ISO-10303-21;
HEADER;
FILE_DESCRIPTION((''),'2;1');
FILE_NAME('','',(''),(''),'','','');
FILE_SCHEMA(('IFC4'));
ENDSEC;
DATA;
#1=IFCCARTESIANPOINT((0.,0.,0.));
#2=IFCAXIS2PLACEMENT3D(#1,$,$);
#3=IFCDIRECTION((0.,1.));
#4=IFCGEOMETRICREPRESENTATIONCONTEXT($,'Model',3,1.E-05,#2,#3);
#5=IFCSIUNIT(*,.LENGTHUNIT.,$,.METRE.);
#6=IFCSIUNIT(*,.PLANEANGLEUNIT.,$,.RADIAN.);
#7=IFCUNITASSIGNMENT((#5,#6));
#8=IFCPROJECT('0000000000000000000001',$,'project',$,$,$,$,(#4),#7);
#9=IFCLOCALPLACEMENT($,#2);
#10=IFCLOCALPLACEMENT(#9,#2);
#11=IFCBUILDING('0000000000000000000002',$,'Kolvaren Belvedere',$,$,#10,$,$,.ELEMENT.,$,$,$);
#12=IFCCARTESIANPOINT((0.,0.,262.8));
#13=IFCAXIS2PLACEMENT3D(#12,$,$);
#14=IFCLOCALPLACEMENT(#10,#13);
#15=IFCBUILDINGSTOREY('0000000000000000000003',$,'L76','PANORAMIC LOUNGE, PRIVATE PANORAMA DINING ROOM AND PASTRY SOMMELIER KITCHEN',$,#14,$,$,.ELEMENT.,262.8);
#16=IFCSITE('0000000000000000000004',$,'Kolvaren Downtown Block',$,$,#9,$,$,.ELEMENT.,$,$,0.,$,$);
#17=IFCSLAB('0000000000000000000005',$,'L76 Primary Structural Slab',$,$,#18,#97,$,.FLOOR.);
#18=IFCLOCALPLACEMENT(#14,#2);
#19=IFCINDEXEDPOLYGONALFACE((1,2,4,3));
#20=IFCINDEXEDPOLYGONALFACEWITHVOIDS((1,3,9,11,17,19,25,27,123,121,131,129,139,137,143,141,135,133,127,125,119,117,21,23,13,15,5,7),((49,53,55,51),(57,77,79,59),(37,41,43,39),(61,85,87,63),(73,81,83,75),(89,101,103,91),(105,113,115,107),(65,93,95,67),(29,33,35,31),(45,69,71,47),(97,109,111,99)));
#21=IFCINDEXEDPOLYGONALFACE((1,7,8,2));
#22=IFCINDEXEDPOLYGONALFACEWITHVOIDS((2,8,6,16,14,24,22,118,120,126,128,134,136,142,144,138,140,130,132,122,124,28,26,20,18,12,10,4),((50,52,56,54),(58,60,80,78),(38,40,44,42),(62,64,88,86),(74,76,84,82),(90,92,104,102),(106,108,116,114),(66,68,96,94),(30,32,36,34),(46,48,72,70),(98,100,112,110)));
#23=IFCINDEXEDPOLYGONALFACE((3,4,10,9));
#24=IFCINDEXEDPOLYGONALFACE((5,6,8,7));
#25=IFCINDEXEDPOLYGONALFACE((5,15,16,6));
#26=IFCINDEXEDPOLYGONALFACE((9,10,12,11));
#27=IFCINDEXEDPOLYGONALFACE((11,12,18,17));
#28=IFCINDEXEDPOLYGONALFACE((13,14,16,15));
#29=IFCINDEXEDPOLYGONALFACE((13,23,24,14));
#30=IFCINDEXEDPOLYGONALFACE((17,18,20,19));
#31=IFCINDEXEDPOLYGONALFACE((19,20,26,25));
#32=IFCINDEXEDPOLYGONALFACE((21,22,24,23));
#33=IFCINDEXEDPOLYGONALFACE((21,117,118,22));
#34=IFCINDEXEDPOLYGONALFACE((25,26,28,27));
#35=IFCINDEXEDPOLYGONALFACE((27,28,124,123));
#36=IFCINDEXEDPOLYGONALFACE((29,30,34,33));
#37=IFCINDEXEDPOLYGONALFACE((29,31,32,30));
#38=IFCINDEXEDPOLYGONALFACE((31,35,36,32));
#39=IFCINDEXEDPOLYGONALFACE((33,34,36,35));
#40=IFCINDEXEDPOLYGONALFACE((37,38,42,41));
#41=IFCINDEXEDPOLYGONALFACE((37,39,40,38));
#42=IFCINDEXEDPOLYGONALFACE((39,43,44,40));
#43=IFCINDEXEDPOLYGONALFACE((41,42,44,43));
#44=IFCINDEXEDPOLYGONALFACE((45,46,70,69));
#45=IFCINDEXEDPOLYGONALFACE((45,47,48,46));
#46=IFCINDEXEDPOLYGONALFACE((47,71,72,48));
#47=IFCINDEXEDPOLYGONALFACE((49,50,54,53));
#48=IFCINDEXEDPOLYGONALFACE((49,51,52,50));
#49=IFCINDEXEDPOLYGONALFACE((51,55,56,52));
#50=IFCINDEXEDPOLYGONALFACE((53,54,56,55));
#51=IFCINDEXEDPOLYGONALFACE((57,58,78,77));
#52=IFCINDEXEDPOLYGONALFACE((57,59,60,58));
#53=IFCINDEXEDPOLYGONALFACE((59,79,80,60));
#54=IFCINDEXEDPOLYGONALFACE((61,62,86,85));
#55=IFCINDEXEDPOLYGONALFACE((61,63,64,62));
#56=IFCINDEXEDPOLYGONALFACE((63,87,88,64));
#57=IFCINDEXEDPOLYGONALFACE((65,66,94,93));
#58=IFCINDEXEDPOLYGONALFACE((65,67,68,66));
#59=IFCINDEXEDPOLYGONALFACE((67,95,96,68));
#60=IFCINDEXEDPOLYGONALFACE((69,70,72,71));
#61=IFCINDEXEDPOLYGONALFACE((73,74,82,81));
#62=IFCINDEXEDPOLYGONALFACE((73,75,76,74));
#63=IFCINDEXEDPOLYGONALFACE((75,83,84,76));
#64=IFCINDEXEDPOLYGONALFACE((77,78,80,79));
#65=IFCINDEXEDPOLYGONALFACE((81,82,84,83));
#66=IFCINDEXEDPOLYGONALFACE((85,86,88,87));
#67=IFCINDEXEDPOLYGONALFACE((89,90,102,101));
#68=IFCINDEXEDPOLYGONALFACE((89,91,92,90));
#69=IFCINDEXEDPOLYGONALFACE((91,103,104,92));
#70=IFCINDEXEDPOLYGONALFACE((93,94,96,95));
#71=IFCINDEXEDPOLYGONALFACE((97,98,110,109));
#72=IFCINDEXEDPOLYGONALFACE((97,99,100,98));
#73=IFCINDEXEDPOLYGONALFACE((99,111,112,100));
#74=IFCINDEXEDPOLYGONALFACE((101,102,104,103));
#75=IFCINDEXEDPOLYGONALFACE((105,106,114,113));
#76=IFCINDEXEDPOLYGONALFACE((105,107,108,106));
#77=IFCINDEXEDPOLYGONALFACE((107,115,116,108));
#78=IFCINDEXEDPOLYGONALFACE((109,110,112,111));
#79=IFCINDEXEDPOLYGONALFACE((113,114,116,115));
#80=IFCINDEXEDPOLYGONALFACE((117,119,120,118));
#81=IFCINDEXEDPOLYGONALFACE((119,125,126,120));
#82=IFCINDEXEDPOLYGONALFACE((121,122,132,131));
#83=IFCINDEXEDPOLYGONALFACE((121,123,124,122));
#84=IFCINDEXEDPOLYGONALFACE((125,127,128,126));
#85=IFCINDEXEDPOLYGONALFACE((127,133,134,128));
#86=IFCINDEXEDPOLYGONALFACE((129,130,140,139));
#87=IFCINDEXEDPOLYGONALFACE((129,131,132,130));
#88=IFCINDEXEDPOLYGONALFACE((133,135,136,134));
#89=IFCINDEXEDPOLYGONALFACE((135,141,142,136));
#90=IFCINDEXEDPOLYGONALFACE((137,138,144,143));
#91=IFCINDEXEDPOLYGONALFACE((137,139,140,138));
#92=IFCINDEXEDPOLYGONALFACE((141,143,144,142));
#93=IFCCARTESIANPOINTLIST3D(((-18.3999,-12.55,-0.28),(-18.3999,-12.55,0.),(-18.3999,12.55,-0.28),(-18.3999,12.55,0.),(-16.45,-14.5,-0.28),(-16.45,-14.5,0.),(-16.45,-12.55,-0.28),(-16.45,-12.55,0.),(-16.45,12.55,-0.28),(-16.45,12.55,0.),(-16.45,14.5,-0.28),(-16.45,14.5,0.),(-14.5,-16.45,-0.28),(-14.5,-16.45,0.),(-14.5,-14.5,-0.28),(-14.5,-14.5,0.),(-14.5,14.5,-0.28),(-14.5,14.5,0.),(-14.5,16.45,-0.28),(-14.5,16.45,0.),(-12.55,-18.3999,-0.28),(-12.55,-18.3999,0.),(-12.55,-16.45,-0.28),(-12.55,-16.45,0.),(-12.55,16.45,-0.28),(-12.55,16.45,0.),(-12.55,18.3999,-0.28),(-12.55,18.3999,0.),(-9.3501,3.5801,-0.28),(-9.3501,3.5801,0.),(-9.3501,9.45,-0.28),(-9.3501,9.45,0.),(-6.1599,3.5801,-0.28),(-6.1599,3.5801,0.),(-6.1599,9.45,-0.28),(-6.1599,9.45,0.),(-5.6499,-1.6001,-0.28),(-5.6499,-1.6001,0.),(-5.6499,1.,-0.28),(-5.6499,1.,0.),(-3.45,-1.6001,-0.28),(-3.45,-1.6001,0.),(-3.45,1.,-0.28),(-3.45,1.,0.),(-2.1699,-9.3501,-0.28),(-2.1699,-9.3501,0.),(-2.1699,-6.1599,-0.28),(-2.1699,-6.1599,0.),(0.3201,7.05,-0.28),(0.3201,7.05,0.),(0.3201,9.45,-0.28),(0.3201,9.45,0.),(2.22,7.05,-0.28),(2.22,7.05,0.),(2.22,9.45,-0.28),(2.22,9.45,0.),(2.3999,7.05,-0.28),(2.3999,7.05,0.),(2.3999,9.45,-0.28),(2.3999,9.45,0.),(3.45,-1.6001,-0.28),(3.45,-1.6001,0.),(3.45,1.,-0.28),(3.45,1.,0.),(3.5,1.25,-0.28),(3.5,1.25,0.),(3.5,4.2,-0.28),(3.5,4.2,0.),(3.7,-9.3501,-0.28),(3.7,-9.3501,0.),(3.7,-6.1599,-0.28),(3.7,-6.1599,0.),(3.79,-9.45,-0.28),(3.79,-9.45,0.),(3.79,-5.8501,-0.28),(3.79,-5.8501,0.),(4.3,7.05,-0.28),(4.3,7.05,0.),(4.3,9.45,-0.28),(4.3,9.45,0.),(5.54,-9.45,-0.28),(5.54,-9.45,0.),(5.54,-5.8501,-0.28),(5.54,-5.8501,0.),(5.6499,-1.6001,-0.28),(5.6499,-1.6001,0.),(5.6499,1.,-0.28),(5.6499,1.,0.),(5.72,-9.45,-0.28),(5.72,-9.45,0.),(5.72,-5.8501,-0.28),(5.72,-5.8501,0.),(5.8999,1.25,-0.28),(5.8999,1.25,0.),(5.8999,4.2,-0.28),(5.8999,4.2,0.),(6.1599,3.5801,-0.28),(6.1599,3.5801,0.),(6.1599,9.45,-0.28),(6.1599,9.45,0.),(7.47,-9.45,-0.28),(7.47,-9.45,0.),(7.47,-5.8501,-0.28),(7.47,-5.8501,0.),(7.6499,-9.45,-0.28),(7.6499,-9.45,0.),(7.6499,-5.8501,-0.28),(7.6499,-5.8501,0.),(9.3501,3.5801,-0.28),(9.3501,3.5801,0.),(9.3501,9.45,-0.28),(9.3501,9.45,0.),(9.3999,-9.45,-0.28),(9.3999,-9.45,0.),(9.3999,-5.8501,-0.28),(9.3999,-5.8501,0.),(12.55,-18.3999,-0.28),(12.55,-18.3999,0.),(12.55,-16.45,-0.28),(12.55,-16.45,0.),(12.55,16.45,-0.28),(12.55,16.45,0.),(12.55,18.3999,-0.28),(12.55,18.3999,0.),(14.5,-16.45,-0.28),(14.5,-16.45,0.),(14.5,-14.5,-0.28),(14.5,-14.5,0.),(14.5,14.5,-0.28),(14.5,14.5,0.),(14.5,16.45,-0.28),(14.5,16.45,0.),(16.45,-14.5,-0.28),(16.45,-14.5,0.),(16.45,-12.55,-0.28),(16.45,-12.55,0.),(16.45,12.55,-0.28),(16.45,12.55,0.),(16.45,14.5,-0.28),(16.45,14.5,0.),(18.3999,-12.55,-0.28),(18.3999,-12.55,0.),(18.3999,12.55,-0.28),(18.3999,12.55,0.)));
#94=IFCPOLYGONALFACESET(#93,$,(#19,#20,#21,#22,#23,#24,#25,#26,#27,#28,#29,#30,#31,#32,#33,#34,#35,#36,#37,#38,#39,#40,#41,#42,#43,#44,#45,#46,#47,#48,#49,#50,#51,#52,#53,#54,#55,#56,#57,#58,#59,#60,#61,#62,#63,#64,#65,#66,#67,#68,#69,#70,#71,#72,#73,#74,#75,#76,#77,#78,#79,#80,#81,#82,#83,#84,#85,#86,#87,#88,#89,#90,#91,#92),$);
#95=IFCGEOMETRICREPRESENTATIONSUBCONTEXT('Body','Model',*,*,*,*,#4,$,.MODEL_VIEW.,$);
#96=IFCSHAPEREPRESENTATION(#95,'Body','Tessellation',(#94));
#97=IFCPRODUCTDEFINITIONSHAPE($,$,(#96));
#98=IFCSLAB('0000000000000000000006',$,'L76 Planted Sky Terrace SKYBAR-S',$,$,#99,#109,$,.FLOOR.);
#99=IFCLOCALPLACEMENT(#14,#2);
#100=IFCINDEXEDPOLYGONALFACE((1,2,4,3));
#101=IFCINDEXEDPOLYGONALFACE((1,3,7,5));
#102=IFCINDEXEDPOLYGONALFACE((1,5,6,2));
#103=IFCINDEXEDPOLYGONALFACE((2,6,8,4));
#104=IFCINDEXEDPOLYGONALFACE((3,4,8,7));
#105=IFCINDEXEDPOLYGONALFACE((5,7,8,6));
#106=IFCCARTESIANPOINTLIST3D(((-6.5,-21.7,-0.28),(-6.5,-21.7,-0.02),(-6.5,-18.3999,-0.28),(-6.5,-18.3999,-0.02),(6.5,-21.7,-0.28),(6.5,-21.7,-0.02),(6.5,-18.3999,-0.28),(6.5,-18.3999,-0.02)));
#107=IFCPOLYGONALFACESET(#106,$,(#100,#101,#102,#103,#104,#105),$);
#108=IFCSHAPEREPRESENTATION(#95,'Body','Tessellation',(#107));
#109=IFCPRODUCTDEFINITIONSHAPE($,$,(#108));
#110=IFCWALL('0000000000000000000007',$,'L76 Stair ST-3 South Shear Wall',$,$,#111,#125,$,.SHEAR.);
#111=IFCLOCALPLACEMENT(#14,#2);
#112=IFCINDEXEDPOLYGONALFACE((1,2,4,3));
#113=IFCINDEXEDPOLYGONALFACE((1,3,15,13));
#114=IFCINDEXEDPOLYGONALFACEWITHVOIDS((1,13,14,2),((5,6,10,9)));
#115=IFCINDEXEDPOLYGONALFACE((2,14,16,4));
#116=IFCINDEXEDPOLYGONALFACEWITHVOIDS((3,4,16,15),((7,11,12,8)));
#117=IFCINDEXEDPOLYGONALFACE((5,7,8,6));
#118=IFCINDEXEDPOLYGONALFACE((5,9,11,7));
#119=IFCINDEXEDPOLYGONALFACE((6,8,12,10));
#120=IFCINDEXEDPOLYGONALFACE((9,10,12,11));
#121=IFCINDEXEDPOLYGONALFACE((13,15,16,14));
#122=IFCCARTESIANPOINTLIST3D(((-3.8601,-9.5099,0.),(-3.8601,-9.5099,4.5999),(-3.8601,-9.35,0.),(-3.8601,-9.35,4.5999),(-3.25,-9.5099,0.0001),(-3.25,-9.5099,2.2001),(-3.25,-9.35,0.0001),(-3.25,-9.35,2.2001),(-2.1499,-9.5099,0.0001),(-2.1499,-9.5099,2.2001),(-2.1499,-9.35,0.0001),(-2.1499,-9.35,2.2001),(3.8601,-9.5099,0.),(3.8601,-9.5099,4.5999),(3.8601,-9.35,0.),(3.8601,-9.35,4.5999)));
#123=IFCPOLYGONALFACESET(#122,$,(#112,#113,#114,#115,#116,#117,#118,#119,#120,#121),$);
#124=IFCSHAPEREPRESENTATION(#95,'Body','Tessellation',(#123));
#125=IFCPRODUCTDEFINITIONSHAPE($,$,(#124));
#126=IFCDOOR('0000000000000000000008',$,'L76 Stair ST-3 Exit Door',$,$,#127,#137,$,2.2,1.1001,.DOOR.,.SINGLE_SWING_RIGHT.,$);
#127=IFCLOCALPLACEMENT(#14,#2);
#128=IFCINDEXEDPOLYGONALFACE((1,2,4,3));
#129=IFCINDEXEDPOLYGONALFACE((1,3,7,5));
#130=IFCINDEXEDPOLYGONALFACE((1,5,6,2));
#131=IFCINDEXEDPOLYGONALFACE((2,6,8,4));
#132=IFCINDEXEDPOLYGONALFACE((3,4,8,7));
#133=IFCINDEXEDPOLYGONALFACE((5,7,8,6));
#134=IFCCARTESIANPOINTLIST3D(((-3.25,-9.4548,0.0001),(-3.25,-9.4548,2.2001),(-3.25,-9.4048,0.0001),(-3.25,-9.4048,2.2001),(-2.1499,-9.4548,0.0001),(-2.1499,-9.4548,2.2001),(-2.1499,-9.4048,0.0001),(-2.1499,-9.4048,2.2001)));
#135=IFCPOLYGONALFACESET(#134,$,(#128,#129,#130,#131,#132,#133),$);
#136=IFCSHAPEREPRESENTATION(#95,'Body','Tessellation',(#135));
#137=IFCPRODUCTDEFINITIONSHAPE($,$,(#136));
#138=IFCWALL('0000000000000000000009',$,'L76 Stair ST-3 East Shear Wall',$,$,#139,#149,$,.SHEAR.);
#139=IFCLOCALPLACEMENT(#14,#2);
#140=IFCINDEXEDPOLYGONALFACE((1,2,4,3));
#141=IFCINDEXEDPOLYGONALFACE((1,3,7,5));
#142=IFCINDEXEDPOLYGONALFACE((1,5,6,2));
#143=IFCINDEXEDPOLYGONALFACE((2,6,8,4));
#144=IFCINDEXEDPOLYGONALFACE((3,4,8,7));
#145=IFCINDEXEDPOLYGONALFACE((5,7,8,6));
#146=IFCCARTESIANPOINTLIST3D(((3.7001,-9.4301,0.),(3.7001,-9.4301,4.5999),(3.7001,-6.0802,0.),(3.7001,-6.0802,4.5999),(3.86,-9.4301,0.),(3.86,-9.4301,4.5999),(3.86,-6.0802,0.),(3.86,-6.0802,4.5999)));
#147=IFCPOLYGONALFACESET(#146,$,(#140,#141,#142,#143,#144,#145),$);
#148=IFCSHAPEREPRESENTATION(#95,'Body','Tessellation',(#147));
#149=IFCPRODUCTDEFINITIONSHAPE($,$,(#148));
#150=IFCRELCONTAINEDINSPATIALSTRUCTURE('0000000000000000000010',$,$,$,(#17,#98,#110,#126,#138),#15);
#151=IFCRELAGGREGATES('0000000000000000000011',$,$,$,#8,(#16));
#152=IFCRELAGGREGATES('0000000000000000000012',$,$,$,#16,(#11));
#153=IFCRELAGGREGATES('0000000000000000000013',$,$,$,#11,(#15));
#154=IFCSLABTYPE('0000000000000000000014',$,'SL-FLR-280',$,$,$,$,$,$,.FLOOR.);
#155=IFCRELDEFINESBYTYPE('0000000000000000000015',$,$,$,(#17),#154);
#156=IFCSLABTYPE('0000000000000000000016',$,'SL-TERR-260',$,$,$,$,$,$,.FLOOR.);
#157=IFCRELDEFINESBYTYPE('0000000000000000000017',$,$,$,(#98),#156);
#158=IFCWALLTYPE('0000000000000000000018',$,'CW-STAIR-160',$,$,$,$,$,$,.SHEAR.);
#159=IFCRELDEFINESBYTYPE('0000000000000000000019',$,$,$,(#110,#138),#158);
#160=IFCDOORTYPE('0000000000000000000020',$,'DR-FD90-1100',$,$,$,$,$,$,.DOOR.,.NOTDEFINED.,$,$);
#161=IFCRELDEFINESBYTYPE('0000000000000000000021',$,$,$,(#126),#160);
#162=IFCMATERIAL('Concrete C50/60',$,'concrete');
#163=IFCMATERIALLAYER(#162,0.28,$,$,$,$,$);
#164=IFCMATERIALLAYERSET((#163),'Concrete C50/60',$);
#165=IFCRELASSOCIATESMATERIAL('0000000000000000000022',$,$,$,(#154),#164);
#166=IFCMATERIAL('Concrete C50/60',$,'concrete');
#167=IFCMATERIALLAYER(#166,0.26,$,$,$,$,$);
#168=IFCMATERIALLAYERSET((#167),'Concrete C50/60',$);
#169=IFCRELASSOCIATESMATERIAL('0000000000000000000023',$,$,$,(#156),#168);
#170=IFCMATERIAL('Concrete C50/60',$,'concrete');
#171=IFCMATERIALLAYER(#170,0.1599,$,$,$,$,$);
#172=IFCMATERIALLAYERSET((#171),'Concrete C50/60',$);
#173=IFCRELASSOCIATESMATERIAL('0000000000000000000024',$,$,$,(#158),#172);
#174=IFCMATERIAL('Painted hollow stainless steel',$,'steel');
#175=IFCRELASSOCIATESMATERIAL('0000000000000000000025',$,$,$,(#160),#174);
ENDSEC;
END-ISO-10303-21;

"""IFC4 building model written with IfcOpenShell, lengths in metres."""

from ifc_helpers import new_model, si_unit, direction, frame, frame_2d, origin, place, context, subcontext, project, spatial, polyline, rectangle, outline, extrude, material, layer, layer_set, type_object, element, fill, save


model = new_model("IFC4")

# Units and contexts
model_context = context("Model", 3, precision=1e-05, world=origin(), true_north=direction((0.0, 1.0)))
body_context = subcontext(model_context, "Body", "Model", "MODEL_VIEW")
ifc_project = project(units=[si_unit("LENGTHUNIT", "METRE"), si_unit("PLANEANGLEUNIT", "RADIAN")], contexts=[model_context])

# Site, building, storey
site_placement = place(None, origin())
site = spatial("IfcSite", under=ifc_project, at=site_placement, Name="Kolvaren Downtown Block", CompositionType="ELEMENT", RefElevation=0.0)
building_placement = place(site_placement, origin())
building = spatial("IfcBuilding", under=site, at=building_placement, Name="Kolvaren Belvedere", CompositionType="ELEMENT")
storey_placement = place(building_placement, frame((0.0, 0.0, 262.8)))
storey = spatial("IfcBuildingStorey", under=building, at=storey_placement, Name="L76", Description="PANORAMIC LOUNGE, PRIVATE PANORAMA DINING ROOM AND PASTRY SOMMELIER KITCHEN", CompositionType="ELEMENT", Elevation=262.8)

# Slabs
ifc_material_1 = material(Name="Concrete C50/60", Category="concrete")
ifc_layer_1 = layer(ifc_material_1, 0.28)
ifc_layer_set_1 = layer_set([ifc_layer_1], Name="Concrete C50/60")
slab_type_1 = type_object("IfcSlabType", Name="SL-FLR-280", PredefinedType="FLOOR", material=ifc_layer_set_1)
slab_1_placement = place(storey_placement, frame((0.0, 0.0, -0.28)))
element("IfcSlab", 1, at=slab_1_placement, inside=storey, type_object=slab_type_1, Name="L76 Primary Structural Slab", PredefinedType="FLOOR", context=body_context, shape_type="SweptSolid", body=[
    extrude(outline(polyline([(-12.55, -18.3999), (12.55, -18.3999), (12.55, -16.45), (14.5, -16.45), (14.5, -14.5), (16.45, -14.5), (16.45, -12.55), (18.3999, -12.55), (18.3999, 12.55), (16.45, 12.55), (16.45, 14.5), (14.5, 14.5), (14.5, 16.45), (12.55, 16.45), (12.55, 18.3999), (-12.55, 18.3999), (-12.55, 16.45), (-14.5, 16.45), (-14.5, 14.5), (-16.45, 14.5), (-16.45, 12.55), (-18.3999, 12.55), (-18.3999, -12.55), (-16.45, -12.55), (-16.45, -14.5), (-14.5, -14.5), (-14.5, -16.45), (-12.55, -16.45), (-12.55, -18.3999)]), holes=[polyline([(-9.3501, 3.5801), (-6.1599, 3.5801), (-6.1599, 9.45), (-9.3501, 9.45), (-9.3501, 3.5801)]), polyline([(6.1599, 3.5801), (9.3501, 3.5801), (9.3501, 9.45), (6.1599, 9.45), (6.1599, 3.5801)]), polyline([(-2.1699, -9.3501), (3.7, -9.3501), (3.7, -6.1599), (-2.1699, -6.1599), (-2.1699, -9.3501)]), polyline([(-5.6499, -1.6001), (-3.45, -1.6001), (-3.45, 1.0), (-5.6499, 1.0), (-5.6499, -1.6001)]), polyline([(3.5, 1.25), (5.8999, 1.25), (5.8999, 4.2), (3.5, 4.2), (3.5, 1.25)]), polyline([(3.45, -1.6001), (5.6499, -1.6001), (5.6499, 1.0), (3.45, 1.0), (3.45, -1.6001)]), polyline([(3.79, -9.45), (5.54, -9.45), (5.54, -5.8501), (3.79, -5.8501), (3.79, -9.45)]), polyline([(5.72, -9.45), (7.47, -9.45), (7.47, -5.8501), (5.72, -5.8501), (5.72, -9.45)]), polyline([(7.6499, -9.45), (9.3999, -9.45), (9.3999, -5.8501), (7.6499, -5.8501), (7.6499, -9.45)]), polyline([(0.3201, 7.05), (2.22, 7.05), (2.22, 9.45), (0.3201, 9.45), (0.3201, 7.05)]), polyline([(2.3999, 7.05), (4.3, 7.05), (4.3, 9.45), (2.3999, 9.45), (2.3999, 7.05)])]), origin(), (0.0, 0.0, 1.0), 0.28),
])
ifc_material_2 = material(Name="Concrete C50/60", Category="concrete")
ifc_layer_2 = layer(ifc_material_2, 0.26)
ifc_layer_set_2 = layer_set([ifc_layer_2], Name="Concrete C50/60")
slab_type_2 = type_object("IfcSlabType", Name="SL-TERR-260", PredefinedType="FLOOR", material=ifc_layer_set_2)
slab_2_placement = place(storey_placement, frame((0.0, 0.0, -0.28)))
element("IfcSlab", 2, at=slab_2_placement, inside=storey, type_object=slab_type_2, Name="L76 Planted Sky Terrace SKYBAR-S", PredefinedType="FLOOR", context=body_context, shape_type="SweptSolid", body=[
    extrude(outline(polyline([(-6.5, -21.7), (6.5, -21.7), (6.5, -18.3999), (-6.5, -18.3999), (-6.5, -21.7)])), origin(), (0.0, 0.0, 1.0), 0.26),
])

# Wall, opening, door
ifc_material_3 = material(Name="Concrete C50/60", Category="concrete")
ifc_layer_3 = layer(ifc_material_3, 0.1599)
ifc_layer_set_3 = layer_set([ifc_layer_3], Name="Concrete C50/60")
wall_type_1 = type_object("IfcWallType", Name="CW-STAIR-160", PredefinedType="SHEAR", material=ifc_layer_set_3)
wall_1_placement = place(storey_placement, frame((3.8601, -9.4299, 0.0), z_axis=(0.0, 0.0, 1.0), x_axis=(-1.0, 0.0, 0.0)))
wall_1 = element("IfcWall", 3, at=wall_1_placement, inside=storey, type_object=wall_type_1, Name="L76 Stair ST-3 South Shear Wall", PredefinedType="SHEAR", context=body_context, shape_type="SweptSolid", body=[
    extrude(rectangle(XDim=7.7202, YDim=0.1599, at=frame_2d((3.8601, 0.0))), origin(), (0.0, 0.0, 1.0), 4.5999),
])
opening_1_placement = place(wall_1_placement, frame((6.01, 0.0, 0.0)))
opening_1 = element("IfcOpeningElement", 4, at=opening_1_placement, cuts=wall_1, PredefinedType="OPENING", context=body_context, shape_type="SweptSolid", body=[
    extrude(rectangle(XDim=1.1001, YDim=2.2, at=frame_2d((0.55, 1.1001))), frame((0.0, 0.0898, 0.0), z_axis=(0.0, -1.0, 0.0), x_axis=(1.0, 0.0, 0.0)), (0.0, 0.0, 1.0), 0.1799),
])
ifc_material_4 = material(Name="Painted hollow stainless steel", Category="steel")
door_type_1 = type_object("IfcDoorType", Name="DR-FD90-1100", OperationType="NOTDEFINED", PredefinedType="DOOR", material=ifc_material_4)
door_1_placement = place(opening_1_placement, origin())
door_1 = element("IfcDoor", 5, at=door_1_placement, inside=storey, type_object=door_type_1, Name="L76 Stair ST-3 Exit Door", OperationType="SINGLE_SWING_RIGHT", OverallHeight=2.2, OverallWidth=1.1001, PredefinedType="DOOR", context=body_context, shape_type="SweptSolid", body=[
    extrude(rectangle(XDim=1.1001, YDim=2.2, at=frame_2d((0.55, 1.1001))), frame((0.0, 0.0249, 0.0), z_axis=(0.0, -1.0, 0.0), x_axis=(1.0, 0.0, 0.0)), (0.0, 0.0, 1.0), 0.05),
])
fill(opening_1, door_1)

# Wall
wall_2_placement = place(storey_placement, frame((3.78, -9.4299, 0.0), z_axis=(0.0, 0.0, 1.0), x_axis=(0.0, 1.0, 0.0)))
element("IfcWall", 6, at=wall_2_placement, inside=storey, type_object=wall_type_1, Name="L76 Stair ST-3 East Shear Wall", PredefinedType="SHEAR", context=body_context, shape_type="SweptSolid", body=[
    extrude(rectangle(XDim=3.3499, YDim=0.1599, at=frame_2d((1.6748, 0.0))), origin(), (0.0, 0.0, 1.0), 4.5999),
])

save(model, "model.ifc")
